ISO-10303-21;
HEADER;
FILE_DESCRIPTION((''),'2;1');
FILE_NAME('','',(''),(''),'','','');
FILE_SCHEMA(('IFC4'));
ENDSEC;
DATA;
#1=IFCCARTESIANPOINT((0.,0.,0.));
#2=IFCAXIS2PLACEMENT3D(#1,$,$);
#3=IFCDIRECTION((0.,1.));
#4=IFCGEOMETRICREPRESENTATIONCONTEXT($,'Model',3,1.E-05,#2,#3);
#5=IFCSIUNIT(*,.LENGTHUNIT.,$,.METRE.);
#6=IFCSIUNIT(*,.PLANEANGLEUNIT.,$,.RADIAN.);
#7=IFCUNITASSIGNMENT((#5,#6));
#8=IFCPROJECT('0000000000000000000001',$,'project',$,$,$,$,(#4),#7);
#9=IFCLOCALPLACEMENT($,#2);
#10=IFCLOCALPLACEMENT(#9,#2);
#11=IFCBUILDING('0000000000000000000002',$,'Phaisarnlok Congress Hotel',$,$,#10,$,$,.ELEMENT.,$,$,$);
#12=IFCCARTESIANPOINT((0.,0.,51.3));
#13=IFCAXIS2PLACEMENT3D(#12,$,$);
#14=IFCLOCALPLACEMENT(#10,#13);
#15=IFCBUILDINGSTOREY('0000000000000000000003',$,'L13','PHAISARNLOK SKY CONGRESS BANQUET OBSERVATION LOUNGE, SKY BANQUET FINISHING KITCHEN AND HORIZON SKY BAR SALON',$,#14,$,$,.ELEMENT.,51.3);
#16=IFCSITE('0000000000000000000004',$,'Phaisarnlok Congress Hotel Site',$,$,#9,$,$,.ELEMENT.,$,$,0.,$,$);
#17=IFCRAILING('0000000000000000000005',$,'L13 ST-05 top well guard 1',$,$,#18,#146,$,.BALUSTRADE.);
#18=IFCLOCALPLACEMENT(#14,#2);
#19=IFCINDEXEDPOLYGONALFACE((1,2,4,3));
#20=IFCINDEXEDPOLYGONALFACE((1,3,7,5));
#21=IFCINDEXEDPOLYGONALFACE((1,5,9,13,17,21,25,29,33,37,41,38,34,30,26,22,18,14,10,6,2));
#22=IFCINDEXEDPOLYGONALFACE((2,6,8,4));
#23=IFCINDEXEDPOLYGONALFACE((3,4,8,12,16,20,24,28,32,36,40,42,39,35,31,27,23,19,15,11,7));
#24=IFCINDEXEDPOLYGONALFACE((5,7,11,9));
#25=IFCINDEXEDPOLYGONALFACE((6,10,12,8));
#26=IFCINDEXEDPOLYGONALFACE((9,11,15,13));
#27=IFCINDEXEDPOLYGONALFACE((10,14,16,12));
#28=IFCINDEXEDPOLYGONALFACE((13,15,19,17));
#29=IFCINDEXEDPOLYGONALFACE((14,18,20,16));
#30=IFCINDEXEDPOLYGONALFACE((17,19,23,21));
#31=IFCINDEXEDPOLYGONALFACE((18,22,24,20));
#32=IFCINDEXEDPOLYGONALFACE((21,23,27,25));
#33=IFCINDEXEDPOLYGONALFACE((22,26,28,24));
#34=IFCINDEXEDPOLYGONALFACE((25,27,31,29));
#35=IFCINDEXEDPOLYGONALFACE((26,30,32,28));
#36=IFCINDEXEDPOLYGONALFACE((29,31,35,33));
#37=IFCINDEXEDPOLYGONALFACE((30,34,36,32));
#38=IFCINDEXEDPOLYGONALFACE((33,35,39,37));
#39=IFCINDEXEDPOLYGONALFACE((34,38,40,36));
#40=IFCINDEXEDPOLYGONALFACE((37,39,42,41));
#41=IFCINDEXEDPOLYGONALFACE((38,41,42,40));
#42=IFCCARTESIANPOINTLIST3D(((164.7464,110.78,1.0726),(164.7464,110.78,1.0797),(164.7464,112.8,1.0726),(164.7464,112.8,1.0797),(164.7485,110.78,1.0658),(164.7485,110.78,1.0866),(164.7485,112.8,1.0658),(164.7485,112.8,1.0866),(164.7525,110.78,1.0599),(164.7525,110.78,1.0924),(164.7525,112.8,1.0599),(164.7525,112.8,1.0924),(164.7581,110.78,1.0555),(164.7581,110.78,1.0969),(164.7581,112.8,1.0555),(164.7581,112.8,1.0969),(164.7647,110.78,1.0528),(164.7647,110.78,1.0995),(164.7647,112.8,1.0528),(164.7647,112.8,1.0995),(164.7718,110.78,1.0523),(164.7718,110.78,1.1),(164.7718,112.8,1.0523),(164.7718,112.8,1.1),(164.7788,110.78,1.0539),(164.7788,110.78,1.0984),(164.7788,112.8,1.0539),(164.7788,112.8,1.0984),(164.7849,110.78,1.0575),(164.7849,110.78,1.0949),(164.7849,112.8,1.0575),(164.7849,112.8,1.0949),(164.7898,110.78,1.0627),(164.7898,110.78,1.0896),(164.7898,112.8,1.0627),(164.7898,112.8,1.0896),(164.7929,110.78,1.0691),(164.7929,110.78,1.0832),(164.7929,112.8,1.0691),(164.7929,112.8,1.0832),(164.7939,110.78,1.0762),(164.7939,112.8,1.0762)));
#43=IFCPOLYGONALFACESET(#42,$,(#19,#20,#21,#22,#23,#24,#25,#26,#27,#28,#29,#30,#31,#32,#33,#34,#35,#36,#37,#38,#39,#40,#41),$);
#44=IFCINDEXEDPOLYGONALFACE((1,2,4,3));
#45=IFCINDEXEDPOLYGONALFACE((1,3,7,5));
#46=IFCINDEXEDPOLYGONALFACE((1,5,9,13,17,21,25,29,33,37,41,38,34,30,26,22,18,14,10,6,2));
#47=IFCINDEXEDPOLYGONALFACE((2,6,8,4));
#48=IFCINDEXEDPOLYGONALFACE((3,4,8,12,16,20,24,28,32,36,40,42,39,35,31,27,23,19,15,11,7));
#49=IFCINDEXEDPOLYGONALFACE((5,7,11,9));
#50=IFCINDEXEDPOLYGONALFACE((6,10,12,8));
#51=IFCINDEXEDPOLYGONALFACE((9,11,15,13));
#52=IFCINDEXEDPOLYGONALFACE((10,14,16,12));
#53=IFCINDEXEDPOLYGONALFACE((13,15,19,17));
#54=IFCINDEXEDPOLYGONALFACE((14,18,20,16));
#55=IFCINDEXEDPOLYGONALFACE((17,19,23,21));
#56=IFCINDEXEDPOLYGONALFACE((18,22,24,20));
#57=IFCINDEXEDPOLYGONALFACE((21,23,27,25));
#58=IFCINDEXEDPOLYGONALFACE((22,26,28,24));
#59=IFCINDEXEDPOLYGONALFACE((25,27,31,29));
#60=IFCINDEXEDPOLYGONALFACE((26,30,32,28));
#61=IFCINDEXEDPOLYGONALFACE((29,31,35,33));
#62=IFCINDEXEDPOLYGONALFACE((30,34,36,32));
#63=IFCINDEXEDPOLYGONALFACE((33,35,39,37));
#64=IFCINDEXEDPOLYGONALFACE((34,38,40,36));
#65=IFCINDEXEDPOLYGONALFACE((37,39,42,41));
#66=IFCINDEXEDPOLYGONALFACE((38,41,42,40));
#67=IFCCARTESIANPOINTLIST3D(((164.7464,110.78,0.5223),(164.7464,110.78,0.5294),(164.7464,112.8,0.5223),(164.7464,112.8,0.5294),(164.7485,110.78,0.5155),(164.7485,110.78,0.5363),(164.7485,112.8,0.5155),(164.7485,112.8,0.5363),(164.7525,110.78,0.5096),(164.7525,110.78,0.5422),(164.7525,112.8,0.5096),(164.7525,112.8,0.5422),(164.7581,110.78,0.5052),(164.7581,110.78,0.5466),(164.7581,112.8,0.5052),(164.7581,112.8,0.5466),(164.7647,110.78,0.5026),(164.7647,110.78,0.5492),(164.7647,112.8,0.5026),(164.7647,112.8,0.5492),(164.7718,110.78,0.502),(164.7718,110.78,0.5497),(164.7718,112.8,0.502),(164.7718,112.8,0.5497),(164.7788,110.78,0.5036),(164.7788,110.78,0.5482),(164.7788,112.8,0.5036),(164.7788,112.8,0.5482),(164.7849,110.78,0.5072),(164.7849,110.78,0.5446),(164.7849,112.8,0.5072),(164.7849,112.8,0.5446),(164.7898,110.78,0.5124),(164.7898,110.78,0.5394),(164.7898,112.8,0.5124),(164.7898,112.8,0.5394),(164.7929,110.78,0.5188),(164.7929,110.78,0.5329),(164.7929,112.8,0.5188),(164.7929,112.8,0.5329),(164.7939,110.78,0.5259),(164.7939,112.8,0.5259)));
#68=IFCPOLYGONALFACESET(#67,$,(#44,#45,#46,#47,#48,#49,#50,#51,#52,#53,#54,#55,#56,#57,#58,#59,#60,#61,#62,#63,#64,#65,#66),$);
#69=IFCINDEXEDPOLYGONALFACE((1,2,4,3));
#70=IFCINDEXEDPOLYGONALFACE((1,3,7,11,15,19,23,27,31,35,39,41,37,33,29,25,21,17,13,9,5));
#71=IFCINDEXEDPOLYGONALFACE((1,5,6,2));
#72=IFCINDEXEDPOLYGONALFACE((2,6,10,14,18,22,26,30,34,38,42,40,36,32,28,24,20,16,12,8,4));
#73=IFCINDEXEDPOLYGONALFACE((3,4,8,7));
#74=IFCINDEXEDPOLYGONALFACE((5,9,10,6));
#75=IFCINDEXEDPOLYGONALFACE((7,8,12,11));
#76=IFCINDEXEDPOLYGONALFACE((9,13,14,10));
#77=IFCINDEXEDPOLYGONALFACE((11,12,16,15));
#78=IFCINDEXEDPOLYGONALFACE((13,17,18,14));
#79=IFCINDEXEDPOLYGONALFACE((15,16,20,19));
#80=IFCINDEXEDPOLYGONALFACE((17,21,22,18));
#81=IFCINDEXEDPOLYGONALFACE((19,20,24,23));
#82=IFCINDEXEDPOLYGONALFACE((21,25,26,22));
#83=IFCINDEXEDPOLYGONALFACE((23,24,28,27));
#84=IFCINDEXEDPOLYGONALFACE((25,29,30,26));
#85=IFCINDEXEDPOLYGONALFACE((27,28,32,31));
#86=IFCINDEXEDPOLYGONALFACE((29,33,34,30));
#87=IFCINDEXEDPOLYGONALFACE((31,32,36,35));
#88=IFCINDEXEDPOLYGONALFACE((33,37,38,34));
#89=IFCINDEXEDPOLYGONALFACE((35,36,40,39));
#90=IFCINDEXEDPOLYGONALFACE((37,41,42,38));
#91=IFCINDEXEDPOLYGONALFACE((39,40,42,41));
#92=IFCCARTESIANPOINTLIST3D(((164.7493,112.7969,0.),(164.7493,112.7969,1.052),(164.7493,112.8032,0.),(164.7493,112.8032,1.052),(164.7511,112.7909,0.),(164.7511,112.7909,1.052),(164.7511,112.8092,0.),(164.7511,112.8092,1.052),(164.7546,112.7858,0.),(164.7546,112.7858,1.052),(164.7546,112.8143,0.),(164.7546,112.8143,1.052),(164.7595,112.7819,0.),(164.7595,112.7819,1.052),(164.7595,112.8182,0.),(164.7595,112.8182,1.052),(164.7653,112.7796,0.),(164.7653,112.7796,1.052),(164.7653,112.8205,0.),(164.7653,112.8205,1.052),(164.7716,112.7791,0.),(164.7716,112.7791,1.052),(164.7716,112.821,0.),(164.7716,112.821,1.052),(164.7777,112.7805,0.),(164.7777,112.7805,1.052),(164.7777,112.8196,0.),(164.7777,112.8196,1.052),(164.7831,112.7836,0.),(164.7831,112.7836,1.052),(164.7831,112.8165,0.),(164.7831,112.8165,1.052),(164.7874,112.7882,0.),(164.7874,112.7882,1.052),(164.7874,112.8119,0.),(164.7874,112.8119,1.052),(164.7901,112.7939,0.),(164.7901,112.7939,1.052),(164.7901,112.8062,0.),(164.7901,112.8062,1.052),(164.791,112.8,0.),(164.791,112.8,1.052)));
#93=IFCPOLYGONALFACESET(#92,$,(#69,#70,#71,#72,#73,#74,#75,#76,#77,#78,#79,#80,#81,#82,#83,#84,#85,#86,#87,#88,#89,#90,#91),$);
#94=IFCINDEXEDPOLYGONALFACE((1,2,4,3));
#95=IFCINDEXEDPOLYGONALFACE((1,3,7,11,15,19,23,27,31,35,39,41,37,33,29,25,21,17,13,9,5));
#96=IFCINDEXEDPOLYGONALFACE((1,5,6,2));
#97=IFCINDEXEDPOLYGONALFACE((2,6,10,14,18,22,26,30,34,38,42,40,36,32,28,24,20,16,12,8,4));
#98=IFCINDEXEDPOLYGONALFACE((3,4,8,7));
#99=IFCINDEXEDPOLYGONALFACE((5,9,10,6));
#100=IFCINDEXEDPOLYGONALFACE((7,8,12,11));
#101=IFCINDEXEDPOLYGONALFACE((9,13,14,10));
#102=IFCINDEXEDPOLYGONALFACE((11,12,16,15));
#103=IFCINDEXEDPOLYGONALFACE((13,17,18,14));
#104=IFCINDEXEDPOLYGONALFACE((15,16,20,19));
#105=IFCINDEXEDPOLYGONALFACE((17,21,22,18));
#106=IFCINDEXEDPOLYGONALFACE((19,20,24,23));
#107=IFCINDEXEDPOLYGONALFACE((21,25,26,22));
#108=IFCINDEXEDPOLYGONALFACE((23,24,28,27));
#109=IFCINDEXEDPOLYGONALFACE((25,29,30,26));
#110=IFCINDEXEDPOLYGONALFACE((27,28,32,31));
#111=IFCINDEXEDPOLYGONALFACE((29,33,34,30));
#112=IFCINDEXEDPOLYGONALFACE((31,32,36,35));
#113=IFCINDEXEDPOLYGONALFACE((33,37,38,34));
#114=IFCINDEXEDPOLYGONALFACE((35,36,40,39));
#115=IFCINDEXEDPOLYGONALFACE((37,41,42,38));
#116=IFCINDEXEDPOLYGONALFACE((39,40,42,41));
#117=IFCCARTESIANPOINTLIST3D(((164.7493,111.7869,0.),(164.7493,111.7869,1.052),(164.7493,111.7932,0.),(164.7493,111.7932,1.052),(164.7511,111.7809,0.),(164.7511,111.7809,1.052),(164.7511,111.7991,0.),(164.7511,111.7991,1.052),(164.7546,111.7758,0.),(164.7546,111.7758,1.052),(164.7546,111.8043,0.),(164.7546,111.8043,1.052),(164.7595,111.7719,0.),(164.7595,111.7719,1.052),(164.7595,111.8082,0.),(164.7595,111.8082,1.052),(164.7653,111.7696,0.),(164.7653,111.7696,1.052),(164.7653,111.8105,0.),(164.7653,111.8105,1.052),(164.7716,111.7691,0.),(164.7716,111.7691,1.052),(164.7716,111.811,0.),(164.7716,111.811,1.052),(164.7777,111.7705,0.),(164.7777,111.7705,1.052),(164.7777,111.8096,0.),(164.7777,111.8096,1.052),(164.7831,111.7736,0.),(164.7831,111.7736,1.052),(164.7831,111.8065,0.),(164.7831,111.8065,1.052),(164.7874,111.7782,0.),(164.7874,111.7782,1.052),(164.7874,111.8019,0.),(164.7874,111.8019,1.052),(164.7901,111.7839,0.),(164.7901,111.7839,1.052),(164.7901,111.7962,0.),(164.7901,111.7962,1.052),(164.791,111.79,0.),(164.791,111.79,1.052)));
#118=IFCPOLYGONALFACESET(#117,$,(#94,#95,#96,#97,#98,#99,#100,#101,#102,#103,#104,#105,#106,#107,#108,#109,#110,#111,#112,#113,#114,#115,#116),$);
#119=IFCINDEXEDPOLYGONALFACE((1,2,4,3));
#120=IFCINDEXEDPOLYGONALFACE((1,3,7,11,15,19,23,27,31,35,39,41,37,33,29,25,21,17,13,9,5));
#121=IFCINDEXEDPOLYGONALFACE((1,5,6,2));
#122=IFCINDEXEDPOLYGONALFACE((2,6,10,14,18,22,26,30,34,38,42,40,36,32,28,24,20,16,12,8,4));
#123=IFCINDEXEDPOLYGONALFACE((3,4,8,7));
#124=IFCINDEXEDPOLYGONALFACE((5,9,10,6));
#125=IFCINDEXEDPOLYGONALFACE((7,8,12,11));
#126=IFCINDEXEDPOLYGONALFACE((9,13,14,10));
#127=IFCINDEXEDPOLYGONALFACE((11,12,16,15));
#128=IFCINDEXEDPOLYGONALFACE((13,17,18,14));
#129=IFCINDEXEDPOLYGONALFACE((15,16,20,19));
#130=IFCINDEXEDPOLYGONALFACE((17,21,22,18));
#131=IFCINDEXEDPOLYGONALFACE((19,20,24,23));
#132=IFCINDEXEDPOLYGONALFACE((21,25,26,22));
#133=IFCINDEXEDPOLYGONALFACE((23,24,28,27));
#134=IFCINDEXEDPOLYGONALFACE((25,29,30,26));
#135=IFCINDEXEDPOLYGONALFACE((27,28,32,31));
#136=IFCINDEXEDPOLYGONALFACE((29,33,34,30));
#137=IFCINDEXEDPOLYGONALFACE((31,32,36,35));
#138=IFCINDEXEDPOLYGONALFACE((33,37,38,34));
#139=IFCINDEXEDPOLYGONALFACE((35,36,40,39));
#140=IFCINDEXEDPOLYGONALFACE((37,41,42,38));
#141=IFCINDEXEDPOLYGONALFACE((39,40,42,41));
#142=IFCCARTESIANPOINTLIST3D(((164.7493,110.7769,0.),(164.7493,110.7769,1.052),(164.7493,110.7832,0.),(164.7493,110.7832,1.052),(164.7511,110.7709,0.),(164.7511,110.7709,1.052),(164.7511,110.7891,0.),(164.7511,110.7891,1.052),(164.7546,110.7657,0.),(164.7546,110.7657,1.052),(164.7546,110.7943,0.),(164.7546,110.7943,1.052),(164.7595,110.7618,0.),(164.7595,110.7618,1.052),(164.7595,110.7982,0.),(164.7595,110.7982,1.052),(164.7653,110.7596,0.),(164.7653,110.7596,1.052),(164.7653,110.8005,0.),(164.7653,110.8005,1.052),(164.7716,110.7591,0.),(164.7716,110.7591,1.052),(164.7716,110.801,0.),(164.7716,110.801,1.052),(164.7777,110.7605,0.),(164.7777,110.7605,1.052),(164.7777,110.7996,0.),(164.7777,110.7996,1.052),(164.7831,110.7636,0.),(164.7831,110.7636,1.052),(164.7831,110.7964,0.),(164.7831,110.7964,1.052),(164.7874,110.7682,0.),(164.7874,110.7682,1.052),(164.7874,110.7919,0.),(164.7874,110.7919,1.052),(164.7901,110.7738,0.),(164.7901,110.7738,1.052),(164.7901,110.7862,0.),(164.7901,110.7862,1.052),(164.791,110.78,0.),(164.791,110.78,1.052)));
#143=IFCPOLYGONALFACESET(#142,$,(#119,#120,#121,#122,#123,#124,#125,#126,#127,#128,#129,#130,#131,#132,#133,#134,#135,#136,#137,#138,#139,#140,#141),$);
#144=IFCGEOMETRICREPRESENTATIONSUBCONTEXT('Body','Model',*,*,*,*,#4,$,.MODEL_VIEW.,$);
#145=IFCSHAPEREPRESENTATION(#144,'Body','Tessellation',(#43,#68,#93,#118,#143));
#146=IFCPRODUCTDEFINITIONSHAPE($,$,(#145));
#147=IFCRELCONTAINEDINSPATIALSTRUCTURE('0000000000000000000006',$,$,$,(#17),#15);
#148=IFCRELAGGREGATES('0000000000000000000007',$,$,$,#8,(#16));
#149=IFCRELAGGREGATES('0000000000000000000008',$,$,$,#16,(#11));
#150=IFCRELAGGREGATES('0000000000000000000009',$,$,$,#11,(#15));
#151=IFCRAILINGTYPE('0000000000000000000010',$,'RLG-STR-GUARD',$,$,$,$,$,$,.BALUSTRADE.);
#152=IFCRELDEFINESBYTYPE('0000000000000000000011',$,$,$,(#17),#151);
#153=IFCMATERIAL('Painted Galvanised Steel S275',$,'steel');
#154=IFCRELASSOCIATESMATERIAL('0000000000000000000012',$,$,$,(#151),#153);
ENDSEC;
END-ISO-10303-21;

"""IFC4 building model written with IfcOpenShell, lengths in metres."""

from ifc_helpers import new_model, si_unit, direction, frame, origin, origin_2d, place, context, subcontext, project, spatial, circle, extrude, material, type_object, element, save


model = new_model("IFC4")

# Units and contexts
model_context = context("Model", 3, precision=1e-05, world=origin(), true_north=direction((0.0, 1.0)))
body_context = subcontext(model_context, "Body", "Model", "MODEL_VIEW")
ifc_project = project(units=[si_unit("LENGTHUNIT", "METRE"), si_unit("PLANEANGLEUNIT", "RADIAN")], contexts=[model_context])

# Site, building, storey
site_placement = place(None, origin())
site = spatial("IfcSite", under=ifc_project, at=site_placement, Name="Phaisarnlok Congress Hotel Site", CompositionType="ELEMENT", RefElevation=0.0)
building_placement = place(site_placement, origin())
building = spatial("IfcBuilding", under=site, at=building_placement, Name="Phaisarnlok Congress Hotel", CompositionType="ELEMENT")
storey_placement = place(building_placement, frame((0.0, 0.0, 51.3)))
storey = spatial("IfcBuildingStorey", under=building, at=storey_placement, Name="L13", Description="PHAISARNLOK SKY CONGRESS BANQUET OBSERVATION LOUNGE, SKY BANQUET FINISHING KITCHEN AND HORIZON SKY BAR SALON", CompositionType="ELEMENT", Elevation=51.3)

# Railing
ifc_material_1 = material(Name="Painted Galvanised Steel S275", Category="steel")
railing_type = type_object("IfcRailingType", Name="RLG-STR-GUARD", PredefinedType="BALUSTRADE", material=ifc_material_1)
railing_placement = place(storey_placement, frame((164.77, 112.8, 0.0)))
element("IfcRailing", 1, at=railing_placement, inside=storey, type_object=railing_type, Name="L13 ST-05 top well guard 1", PredefinedType="BALUSTRADE", context=body_context, shape_type="SweptSolid", body=[
    extrude(circle(Radius=0.0239, at=origin_2d()), frame((0.0, 0.0, 1.0762), z_axis=(0.0, -1.0, 0.0), x_axis=(1.0, 0.0, 0.0)), (0.0, 0.0, 1.0), 2.02),
    extrude(circle(Radius=0.0239, at=origin_2d()), frame((0.0, 0.0, 0.5259), z_axis=(0.0, -1.0, 0.0), x_axis=(1.0, 0.0, 0.0)), (0.0, 0.0, 1.0), 2.02),
    extrude(circle(Radius=0.021, at=origin_2d()), origin(), (0.0, 0.0, 1.0), 1.052),
    extrude(circle(Radius=0.021, at=origin_2d()), frame((0.0, -1.01, 0.0)), (0.0, 0.0, 1.0), 1.052),
    extrude(circle(Radius=0.021, at=origin_2d()), frame((0.0, -2.02, 0.0)), (0.0, 0.0, 1.0), 1.052),
])

save(model, "model.ifc")
